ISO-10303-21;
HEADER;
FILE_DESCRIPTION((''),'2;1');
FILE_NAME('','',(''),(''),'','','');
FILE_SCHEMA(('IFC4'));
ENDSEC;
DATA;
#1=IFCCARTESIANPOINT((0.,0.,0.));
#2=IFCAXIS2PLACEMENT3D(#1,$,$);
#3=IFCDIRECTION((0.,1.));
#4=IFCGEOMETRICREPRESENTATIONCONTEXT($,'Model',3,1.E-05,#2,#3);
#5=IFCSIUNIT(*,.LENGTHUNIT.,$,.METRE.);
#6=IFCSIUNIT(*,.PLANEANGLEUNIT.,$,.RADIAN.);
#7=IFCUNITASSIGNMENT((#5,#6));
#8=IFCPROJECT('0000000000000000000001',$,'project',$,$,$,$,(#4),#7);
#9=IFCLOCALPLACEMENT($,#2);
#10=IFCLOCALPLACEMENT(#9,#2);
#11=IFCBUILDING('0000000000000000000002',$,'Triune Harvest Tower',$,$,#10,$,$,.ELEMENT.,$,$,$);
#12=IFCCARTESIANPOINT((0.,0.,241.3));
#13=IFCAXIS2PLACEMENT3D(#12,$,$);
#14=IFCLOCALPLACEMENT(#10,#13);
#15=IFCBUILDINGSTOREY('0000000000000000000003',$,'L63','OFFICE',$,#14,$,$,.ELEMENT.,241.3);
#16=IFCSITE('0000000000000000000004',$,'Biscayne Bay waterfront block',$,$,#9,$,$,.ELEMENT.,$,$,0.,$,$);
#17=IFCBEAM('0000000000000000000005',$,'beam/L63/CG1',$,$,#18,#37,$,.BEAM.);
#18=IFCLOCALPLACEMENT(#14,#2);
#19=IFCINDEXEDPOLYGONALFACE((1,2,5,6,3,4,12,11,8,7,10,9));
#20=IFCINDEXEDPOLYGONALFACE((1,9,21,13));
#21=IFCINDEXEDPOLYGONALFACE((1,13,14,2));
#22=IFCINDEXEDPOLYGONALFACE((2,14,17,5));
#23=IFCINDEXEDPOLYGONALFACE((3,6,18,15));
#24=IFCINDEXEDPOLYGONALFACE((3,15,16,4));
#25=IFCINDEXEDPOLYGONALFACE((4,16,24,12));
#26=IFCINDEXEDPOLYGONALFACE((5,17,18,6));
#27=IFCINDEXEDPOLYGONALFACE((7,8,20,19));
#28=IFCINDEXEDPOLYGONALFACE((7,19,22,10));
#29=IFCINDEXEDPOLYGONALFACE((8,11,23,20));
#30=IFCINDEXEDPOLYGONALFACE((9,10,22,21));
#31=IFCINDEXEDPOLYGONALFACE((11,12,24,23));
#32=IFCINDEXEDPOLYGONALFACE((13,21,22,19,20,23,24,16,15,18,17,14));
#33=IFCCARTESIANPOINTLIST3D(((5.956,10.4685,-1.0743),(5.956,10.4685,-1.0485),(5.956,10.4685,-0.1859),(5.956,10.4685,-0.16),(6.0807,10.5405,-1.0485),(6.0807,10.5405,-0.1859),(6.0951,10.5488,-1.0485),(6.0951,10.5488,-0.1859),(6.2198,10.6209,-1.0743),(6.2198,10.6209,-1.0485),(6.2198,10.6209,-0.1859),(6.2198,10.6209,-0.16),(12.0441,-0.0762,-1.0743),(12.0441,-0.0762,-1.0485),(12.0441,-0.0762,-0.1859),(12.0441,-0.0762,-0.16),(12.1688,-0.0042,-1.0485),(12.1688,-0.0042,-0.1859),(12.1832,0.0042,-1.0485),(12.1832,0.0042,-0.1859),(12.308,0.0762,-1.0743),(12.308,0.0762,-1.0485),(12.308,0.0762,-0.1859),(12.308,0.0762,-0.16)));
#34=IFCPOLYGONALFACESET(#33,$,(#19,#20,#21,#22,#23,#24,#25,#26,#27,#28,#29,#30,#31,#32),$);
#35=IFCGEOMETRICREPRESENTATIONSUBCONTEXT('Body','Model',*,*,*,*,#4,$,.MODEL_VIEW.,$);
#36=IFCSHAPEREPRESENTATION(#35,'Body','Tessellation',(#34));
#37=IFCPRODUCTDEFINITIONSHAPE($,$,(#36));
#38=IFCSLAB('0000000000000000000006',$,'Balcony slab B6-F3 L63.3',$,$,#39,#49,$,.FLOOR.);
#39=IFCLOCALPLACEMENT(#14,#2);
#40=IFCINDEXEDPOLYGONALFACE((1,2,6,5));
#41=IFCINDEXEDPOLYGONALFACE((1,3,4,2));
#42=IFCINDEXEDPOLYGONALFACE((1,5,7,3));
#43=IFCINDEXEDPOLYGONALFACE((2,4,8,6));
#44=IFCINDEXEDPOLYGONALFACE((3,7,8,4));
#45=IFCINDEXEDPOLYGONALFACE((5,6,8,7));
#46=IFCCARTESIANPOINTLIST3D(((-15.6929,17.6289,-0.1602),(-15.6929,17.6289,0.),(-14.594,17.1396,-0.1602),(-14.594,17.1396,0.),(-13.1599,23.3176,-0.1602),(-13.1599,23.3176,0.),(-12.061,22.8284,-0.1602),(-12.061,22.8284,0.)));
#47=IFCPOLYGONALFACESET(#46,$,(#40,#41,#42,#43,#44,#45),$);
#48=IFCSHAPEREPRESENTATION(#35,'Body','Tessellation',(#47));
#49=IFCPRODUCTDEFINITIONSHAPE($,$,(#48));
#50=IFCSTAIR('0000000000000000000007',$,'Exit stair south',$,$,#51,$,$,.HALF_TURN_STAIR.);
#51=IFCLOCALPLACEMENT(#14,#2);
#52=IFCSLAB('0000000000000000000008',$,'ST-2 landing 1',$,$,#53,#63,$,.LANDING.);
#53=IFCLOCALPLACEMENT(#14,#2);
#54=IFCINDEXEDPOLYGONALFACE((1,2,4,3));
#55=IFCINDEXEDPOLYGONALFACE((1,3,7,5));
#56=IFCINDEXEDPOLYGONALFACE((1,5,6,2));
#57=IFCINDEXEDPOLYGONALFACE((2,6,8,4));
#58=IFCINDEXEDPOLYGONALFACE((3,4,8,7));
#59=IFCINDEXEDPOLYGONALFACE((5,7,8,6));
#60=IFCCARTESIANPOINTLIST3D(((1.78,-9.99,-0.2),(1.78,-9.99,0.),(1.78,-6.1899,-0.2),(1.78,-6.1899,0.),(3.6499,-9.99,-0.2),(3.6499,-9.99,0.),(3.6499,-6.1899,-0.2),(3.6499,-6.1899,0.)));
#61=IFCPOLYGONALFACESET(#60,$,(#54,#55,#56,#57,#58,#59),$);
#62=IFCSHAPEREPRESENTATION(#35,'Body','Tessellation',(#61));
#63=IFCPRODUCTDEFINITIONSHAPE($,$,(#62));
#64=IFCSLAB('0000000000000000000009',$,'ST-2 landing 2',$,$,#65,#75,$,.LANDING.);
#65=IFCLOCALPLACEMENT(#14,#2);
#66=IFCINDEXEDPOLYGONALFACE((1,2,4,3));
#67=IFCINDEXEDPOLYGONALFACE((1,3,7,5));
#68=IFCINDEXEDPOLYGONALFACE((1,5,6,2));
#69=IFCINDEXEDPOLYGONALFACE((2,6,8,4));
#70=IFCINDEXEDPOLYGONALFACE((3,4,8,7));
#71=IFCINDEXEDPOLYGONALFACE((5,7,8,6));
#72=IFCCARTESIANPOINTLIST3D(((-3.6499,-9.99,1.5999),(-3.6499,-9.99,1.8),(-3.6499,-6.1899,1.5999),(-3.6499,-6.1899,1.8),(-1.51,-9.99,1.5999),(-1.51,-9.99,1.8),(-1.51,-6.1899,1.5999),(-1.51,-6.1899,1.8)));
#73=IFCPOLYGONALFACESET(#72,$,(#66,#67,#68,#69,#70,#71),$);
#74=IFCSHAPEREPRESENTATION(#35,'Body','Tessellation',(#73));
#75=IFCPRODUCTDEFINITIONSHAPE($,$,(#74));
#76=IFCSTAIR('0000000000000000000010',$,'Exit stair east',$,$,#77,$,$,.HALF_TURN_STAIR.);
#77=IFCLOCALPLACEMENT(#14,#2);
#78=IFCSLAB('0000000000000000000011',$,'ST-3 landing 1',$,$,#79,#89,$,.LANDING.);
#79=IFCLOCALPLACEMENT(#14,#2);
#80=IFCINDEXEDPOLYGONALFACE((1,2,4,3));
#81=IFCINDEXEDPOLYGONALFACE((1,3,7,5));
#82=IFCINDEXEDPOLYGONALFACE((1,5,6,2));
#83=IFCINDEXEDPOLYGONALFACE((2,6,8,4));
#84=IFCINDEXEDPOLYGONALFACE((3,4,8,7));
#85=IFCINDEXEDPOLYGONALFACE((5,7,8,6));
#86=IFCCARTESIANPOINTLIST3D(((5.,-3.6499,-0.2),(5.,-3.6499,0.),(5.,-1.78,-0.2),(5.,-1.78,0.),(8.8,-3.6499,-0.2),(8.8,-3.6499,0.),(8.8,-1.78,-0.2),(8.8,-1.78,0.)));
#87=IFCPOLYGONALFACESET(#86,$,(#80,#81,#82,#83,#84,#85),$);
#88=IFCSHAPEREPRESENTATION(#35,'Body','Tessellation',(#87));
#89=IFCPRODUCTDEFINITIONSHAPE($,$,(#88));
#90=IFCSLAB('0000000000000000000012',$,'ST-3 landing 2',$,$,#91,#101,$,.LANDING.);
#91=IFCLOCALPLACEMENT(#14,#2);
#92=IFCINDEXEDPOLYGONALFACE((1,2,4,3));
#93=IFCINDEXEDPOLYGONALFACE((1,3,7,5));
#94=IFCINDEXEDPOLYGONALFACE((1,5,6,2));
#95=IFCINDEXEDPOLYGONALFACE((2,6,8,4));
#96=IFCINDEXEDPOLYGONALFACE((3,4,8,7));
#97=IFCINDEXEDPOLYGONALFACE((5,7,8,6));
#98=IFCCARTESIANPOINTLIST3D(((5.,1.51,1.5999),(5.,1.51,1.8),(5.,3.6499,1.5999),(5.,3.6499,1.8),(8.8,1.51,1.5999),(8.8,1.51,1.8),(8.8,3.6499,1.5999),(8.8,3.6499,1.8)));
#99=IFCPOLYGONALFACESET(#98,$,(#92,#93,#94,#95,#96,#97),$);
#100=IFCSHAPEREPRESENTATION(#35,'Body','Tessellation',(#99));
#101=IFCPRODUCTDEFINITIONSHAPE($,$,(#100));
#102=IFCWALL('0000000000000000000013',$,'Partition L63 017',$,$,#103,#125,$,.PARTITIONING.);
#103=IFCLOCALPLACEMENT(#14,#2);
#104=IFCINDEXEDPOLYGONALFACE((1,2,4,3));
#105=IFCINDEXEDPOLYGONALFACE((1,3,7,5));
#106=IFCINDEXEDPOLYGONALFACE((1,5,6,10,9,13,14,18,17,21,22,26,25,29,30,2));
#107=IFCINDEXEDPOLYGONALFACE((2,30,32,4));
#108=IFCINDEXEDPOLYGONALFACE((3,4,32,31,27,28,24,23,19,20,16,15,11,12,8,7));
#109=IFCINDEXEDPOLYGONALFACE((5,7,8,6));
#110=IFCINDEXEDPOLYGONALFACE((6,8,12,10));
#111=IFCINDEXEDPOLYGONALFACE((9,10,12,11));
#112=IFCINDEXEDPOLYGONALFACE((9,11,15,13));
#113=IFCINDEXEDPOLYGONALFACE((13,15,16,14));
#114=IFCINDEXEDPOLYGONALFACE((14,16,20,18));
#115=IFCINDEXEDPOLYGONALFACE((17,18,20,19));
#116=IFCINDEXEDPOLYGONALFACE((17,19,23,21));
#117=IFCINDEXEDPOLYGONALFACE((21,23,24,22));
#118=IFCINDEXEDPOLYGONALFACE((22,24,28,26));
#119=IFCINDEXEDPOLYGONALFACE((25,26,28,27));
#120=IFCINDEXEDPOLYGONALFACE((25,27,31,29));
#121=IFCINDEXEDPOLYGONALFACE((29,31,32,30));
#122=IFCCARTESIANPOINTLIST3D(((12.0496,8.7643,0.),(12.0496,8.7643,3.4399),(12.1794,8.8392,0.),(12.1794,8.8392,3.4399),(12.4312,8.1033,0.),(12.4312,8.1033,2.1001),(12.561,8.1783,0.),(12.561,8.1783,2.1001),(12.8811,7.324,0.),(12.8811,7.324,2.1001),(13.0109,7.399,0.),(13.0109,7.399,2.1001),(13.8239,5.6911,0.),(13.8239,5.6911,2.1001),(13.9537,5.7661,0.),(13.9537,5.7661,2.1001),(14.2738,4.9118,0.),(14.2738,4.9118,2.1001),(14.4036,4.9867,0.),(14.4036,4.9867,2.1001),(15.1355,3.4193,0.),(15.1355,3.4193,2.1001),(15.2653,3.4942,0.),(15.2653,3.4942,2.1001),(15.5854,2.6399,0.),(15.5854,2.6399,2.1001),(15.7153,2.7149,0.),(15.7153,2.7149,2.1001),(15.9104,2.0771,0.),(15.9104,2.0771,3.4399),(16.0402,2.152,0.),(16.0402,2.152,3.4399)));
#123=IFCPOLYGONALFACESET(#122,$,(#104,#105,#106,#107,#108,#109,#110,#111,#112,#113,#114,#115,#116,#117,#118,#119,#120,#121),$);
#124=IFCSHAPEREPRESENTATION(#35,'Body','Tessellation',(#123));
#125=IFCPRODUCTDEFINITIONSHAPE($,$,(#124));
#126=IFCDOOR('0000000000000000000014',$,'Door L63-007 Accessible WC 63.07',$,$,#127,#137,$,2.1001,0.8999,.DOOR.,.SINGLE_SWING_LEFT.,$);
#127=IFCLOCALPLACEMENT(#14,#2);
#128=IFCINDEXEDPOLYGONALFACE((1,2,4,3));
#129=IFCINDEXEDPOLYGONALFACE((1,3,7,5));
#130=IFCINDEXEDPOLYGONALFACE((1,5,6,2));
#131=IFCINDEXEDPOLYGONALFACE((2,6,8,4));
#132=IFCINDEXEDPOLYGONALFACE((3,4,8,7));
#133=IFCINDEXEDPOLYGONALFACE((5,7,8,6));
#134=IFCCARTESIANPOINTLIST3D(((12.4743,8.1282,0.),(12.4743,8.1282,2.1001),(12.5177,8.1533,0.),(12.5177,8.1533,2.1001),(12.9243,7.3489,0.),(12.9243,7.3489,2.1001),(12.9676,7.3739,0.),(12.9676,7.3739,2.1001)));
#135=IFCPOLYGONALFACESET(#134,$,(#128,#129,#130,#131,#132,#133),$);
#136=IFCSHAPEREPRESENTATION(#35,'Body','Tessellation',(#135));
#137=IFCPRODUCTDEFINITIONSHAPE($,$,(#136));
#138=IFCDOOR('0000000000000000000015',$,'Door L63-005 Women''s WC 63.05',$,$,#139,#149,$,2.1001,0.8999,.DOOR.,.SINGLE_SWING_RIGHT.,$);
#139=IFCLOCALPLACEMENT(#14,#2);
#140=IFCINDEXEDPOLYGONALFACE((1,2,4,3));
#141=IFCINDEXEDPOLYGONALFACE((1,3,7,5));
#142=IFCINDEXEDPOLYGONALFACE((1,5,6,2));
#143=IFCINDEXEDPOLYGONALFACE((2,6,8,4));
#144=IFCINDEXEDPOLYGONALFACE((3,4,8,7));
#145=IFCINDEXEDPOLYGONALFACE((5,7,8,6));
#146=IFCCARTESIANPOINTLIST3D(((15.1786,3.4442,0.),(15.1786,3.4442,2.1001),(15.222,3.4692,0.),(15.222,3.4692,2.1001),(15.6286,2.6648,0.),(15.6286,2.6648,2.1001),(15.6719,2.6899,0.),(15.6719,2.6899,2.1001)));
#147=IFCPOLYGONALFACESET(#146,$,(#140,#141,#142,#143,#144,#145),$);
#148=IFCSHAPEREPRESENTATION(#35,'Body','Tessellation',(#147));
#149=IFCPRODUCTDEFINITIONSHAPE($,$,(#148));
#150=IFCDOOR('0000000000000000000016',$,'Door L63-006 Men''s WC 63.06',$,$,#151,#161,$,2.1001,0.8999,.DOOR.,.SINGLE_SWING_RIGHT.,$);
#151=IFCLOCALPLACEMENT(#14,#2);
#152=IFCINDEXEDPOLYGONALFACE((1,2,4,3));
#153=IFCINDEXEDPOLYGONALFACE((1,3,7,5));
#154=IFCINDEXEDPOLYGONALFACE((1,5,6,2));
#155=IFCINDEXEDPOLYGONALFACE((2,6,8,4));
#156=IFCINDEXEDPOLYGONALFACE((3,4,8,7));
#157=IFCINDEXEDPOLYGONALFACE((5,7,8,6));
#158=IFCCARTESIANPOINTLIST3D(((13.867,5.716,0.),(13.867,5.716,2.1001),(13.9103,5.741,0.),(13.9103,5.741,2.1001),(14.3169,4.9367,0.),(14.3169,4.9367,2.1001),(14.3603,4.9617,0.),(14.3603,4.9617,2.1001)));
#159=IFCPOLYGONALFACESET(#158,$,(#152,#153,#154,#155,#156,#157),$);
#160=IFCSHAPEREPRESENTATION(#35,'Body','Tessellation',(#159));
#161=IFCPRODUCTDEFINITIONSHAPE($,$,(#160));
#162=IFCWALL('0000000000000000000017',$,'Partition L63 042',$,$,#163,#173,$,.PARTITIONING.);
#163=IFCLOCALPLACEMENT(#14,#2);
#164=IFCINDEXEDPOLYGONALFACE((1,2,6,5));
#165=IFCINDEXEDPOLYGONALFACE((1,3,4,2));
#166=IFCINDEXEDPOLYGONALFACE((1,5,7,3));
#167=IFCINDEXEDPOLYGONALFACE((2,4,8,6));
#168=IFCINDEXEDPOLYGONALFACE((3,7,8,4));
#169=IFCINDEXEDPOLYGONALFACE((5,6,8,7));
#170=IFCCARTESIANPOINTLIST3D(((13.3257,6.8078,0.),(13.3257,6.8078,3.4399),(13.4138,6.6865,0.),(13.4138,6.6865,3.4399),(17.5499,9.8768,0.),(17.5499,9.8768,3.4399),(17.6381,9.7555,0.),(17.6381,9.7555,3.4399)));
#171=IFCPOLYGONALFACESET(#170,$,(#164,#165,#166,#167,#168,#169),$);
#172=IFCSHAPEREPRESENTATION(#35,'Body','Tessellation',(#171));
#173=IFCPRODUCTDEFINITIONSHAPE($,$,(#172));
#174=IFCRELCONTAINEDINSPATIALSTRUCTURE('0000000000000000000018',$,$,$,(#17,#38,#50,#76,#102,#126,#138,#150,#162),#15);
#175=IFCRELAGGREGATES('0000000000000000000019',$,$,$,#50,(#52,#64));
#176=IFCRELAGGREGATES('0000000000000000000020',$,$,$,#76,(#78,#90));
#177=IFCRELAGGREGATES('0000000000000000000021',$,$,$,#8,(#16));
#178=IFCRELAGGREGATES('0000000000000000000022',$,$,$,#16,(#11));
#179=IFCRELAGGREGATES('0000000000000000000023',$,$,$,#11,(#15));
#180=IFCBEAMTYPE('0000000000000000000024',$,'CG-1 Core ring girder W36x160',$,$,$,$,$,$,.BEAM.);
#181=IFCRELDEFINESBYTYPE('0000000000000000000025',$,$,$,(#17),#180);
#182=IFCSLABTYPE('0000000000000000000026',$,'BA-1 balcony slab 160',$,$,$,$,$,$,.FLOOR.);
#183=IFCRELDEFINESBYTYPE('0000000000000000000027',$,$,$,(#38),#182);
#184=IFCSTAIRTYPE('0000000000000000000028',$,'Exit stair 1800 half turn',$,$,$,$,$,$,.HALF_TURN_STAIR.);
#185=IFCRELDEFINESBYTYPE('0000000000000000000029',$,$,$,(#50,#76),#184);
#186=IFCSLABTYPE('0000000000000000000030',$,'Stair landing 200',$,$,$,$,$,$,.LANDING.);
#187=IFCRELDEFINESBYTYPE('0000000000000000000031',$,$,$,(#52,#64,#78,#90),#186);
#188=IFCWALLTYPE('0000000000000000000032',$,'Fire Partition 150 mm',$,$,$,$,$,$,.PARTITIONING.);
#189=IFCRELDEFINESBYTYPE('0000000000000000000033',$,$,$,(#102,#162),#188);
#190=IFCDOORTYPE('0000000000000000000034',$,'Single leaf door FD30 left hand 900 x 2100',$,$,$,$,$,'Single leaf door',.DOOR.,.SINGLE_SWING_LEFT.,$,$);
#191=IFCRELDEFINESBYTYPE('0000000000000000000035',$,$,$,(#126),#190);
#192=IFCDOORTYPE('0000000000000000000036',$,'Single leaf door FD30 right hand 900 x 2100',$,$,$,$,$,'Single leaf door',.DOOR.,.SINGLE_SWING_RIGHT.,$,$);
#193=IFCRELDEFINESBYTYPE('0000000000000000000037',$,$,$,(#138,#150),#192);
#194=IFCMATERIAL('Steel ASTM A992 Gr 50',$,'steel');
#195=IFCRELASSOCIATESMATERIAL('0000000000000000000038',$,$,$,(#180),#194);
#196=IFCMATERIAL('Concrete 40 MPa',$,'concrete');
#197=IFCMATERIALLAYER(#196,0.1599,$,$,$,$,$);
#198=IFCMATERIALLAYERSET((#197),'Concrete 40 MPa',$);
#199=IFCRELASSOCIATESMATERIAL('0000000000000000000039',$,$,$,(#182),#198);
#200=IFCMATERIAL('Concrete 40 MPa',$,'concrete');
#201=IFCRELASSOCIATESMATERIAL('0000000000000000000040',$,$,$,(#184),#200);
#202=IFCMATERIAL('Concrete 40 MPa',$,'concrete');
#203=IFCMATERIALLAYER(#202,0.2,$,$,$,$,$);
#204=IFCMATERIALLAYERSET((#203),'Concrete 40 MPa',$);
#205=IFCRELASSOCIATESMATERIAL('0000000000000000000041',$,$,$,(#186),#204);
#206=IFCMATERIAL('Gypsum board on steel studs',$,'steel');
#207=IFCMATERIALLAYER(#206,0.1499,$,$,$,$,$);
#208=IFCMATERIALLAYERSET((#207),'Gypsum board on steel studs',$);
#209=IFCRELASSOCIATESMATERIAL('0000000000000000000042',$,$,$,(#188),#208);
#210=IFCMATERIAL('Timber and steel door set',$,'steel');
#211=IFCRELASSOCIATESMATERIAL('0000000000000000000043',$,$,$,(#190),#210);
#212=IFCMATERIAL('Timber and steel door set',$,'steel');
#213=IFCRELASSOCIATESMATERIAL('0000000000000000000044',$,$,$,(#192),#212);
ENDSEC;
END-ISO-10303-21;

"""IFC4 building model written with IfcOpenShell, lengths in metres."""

from ifc_helpers import new_model, si_unit, direction, frame, frame_2d, origin, origin_2d, place, context, subcontext, project, spatial, polyline, rectangle, i_section, outline, extrude, source, transform, mapped, material, layer, layer_set, material_profile, profile_set, type_object, element, fill, aggregate, save


model = new_model("IFC4")

# Units and contexts
model_context = context("Model", 3, precision=1e-05, world=origin(), true_north=direction((0.0, 1.0)))
body_context = subcontext(model_context, "Body", "Model", "MODEL_VIEW")
ifc_project = project(units=[si_unit("LENGTHUNIT", "METRE"), si_unit("PLANEANGLEUNIT", "RADIAN")], contexts=[model_context])

# Site, building, storey
site_placement = place(None, origin())
site = spatial("IfcSite", under=ifc_project, at=site_placement, Name="Biscayne Bay waterfront block", CompositionType="ELEMENT", RefElevation=0.0)
building_placement = place(site_placement, origin())
building = spatial("IfcBuilding", under=site, at=building_placement, Name="Triune Harvest Tower", CompositionType="ELEMENT")
storey_placement = place(building_placement, frame((0.0, 0.0, 241.3)))
storey = spatial("IfcBuildingStorey", under=building, at=storey_placement, Name="L63", Description="OFFICE", CompositionType="ELEMENT", Elevation=241.3)

# Beam
ifc_material_1 = material(Name="Steel ASTM A992 Gr 50", Category="steel")
ifc_material_profile = material_profile(ifc_material_1, i_section(OverallWidth=0.3047, OverallDepth=0.9143, WebThickness=0.0166, FlangeThickness=0.0259, at=origin_2d()), Name="W36x160")
ifc_profile_set = profile_set([ifc_material_profile], Name="Steel ASTM A992 Gr 50")
beam_type = type_object("IfcBeamType", Name="CG-1 Core ring girder W36x160", PredefinedType="BEAM", material=ifc_profile_set)
shared_shape_1 = source(origin(), body_context, "Body", "SweptSolid", [
    extrude(i_section(OverallWidth=0.3047, OverallDepth=0.9143, WebThickness=0.0166, FlangeThickness=0.0259, at=origin_2d()), origin(), (0.0, 0.0, 1.0), 12.176),
])
beam_placement = place(storey_placement, frame((12.176, 0.0, -0.6172), z_axis=(-0.50001, 0.86602, 0.0), x_axis=(-0.86602, -0.50001, 0.0)))
element("IfcBeam", 1, at=beam_placement, inside=storey, type_object=beam_type, Name="beam/L63/CG1", PredefinedType="BEAM", context=body_context, shape_type="MappedRepresentation", body=[
    mapped(shared_shape_1, transform((0.0, 0.0, 0.0), scale=1.0)),
])

# Slab
ifc_material_2 = material(Name="Concrete 40 MPa", Category="concrete")
ifc_layer_1 = layer(ifc_material_2, 0.1599)
ifc_layer_set_1 = layer_set([ifc_layer_1], Name="Concrete 40 MPa")
slab_type_1 = type_object("IfcSlabType", Name="BA-1 balcony slab 160", PredefinedType="FLOOR", material=ifc_layer_set_1)
slab_1_placement = place(storey_placement, frame((0.0, 0.0, -0.1602)))
element("IfcSlab", 2, at=slab_1_placement, inside=storey, type_object=slab_type_1, Name="Balcony slab B6-F3 L63.3", PredefinedType="FLOOR", context=body_context, shape_type="SweptSolid", body=[
    extrude(outline(polyline([(-12.061, 22.8284), (-14.594, 17.1396), (-15.6929, 17.6289), (-13.1599, 23.3176), (-12.061, 22.8284)])), origin(), (0.0, 0.0, 1.0), 0.1602),
])

# Stairs, slabs
ifc_material_3 = material(Name="Concrete 40 MPa", Category="concrete")
stair_type = type_object("IfcStairType", Name="Exit stair 1800 half turn", PredefinedType="HALF_TURN_STAIR", material=ifc_material_3)
stair_1_placement = place(storey_placement, origin())
stair_1 = element("IfcStair", 3, at=stair_1_placement, inside=storey, type_object=stair_type, Name="Exit stair south", PredefinedType="HALF_TURN_STAIR")
ifc_material_4 = material(Name="Concrete 40 MPa", Category="concrete")
ifc_layer_2 = layer(ifc_material_4, 0.2)
ifc_layer_set_2 = layer_set([ifc_layer_2], Name="Concrete 40 MPa")
slab_type_2 = type_object("IfcSlabType", Name="Stair landing 200", PredefinedType="LANDING", material=ifc_layer_set_2)
shared_shape_2 = source(origin(), body_context, "Body", "SweptSolid", [
    extrude(outline(polyline([(3.6499, -6.1899), (1.78, -6.1899), (1.78, -9.99), (3.6499, -9.99), (3.6499, -6.1899)])), origin(), (0.0, 0.0, 1.0), 0.2),
])
slab_2_placement = place(storey_placement, frame((0.0, 0.0, -0.2)))
slab_2 = element("IfcSlab", 4, at=slab_2_placement, type_object=slab_type_2, Name="ST-2 landing 1", PredefinedType="LANDING", context=body_context, shape_type="MappedRepresentation", body=[
    mapped(shared_shape_2, transform((0.0, 0.0, 0.0), scale=1.0)),
])
shared_shape_3 = source(origin(), body_context, "Body", "SweptSolid", [
    extrude(outline(polyline([(-1.51, -6.1899), (-3.6499, -6.1899), (-3.6499, -9.99), (-1.51, -9.99), (-1.51, -6.1899)])), origin(), (0.0, 0.0, 1.0), 0.2002),
])
slab_3_placement = place(storey_placement, frame((0.0, 0.0, 1.5999)))
slab_3 = element("IfcSlab", 5, at=slab_3_placement, type_object=slab_type_2, Name="ST-2 landing 2", PredefinedType="LANDING", context=body_context, shape_type="MappedRepresentation", body=[
    mapped(shared_shape_3, transform((0.0, 0.0, 0.0), scale=1.0)),
])
aggregate(stair_1, [slab_2, slab_3])
stair_2_placement = place(storey_placement, origin())
stair_2 = element("IfcStair", 6, at=stair_2_placement, inside=storey, type_object=stair_type, Name="Exit stair east", PredefinedType="HALF_TURN_STAIR")
shared_shape_4 = source(origin(), body_context, "Body", "SweptSolid", [
    extrude(outline(polyline([(8.8, -3.6499), (8.8, -1.78), (5.0, -1.78), (5.0, -3.6499), (8.8, -3.6499)])), origin(), (0.0, 0.0, 1.0), 0.2),
])
slab_4_placement = place(storey_placement, frame((0.0, 0.0, -0.2)))
slab_4 = element("IfcSlab", 7, at=slab_4_placement, type_object=slab_type_2, Name="ST-3 landing 1", PredefinedType="LANDING", context=body_context, shape_type="MappedRepresentation", body=[
    mapped(shared_shape_4, transform((0.0, 0.0, 0.0), scale=1.0)),
])
shared_shape_5 = source(origin(), body_context, "Body", "SweptSolid", [
    extrude(outline(polyline([(8.8, 1.51), (8.8, 3.6499), (5.0, 3.6499), (5.0, 1.51), (8.8, 1.51)])), origin(), (0.0, 0.0, 1.0), 0.2002),
])
slab_5_placement = place(storey_placement, frame((0.0, 0.0, 1.5999)))
slab_5 = element("IfcSlab", 8, at=slab_5_placement, type_object=slab_type_2, Name="ST-3 landing 2", PredefinedType="LANDING", context=body_context, shape_type="MappedRepresentation", body=[
    mapped(shared_shape_5, transform((0.0, 0.0, 0.0), scale=1.0)),
])

# Wall, openings, doors
ifc_material_5 = material(Name="Gypsum board on steel studs", Category="steel")
ifc_layer_3 = layer(ifc_material_5, 0.1499)
ifc_layer_set_3 = layer_set([ifc_layer_3], Name="Gypsum board on steel studs")
wall_type_1 = type_object("IfcWallType", Name="Fire Partition 150 mm", PredefinedType="PARTITIONING", material=ifc_layer_set_3)
wall_1_placement = place(storey_placement, frame((12.1145, 8.8018, 0.0), z_axis=(0.0, 0.0, 1.0), x_axis=(0.499995, -0.866028, 0.0)))
wall_1 = element("IfcWall", 9, at=wall_1_placement, inside=storey, type_object=wall_type_1, Name="Partition L63 017", PredefinedType="PARTITIONING", context=body_context, shape_type="SweptSolid", body=[
    extrude(rectangle(XDim=7.7217, YDim=0.1499, at=frame_2d((3.8608, 0.0))), origin(), (0.0, 0.0, 1.0), 3.4399),
])
opening_1_placement = place(wall_1_placement, frame((6.1719, 0.0, 0.0)))
opening_1 = element("IfcOpeningElement", 10, at=opening_1_placement, cuts=wall_1, PredefinedType="OPENING", context=body_context, shape_type="SweptSolid", body=[
    extrude(rectangle(XDim=0.8999, YDim=2.1001, at=frame_2d((0.45, 1.05))), frame((0.0, 0.085, 0.0), z_axis=(0.0, -1.0, 0.0), x_axis=(1.0, 0.0, 0.0)), (0.0, 0.0, 1.0), 0.1699),
])
opening_2_placement = place(wall_1_placement, frame((3.5486, 0.0, 0.0)))
opening_2 = element("IfcOpeningElement", 11, at=opening_2_placement, cuts=wall_1, PredefinedType="OPENING", context=body_context, shape_type="SweptSolid", body=[
    extrude(rectangle(XDim=0.8999, YDim=2.1001, at=frame_2d((0.45, 1.05))), frame((0.0, 0.085, 0.0), z_axis=(0.0, -1.0, 0.0), x_axis=(1.0, 0.0, 0.0)), (0.0, 0.0, 1.0), 0.1699),
])
opening_3_placement = place(wall_1_placement, frame((0.7632, 0.0, 0.0)))
opening_3 = element("IfcOpeningElement", 12, at=opening_3_placement, cuts=wall_1, PredefinedType="OPENING", context=body_context, shape_type="SweptSolid", body=[
    extrude(rectangle(XDim=0.8999, YDim=2.1001, at=frame_2d((0.45, 1.05))), frame((0.0, 0.085, 0.0), z_axis=(0.0, -1.0, 0.0), x_axis=(1.0, 0.0, 0.0)), (0.0, 0.0, 1.0), 0.1699),
])
ifc_material_6 = material(Name="Timber and steel door set", Category="steel")
door_type_1 = type_object("IfcDoorType", Name="Single leaf door FD30 left hand 900 x 2100", ElementType="Single leaf door", OperationType="SINGLE_SWING_LEFT", PredefinedType="DOOR", material=ifc_material_6)
door_1_placement = place(opening_3_placement, origin())
door_1 = element("IfcDoor", 13, at=door_1_placement, inside=storey, type_object=door_type_1, Name="Door L63-007 Accessible WC 63.07", OperationType="SINGLE_SWING_LEFT", OverallHeight=2.1001, OverallWidth=0.8999, PredefinedType="DOOR", context=body_context, shape_type="SweptSolid", body=[
    extrude(rectangle(XDim=0.8999, YDim=2.1001, at=frame_2d((0.45, 1.05))), frame((0.0, 0.0249, 0.0), z_axis=(0.0, -1.0, 0.0), x_axis=(1.0, 0.0, 0.0)), (0.0, 0.0, 1.0), 0.05),
])
fill(opening_3, door_1)
ifc_material_7 = material(Name="Timber and steel door set", Category="steel")
door_type_2 = type_object("IfcDoorType", Name="Single leaf door FD30 right hand 900 x 2100", ElementType="Single leaf door", OperationType="SINGLE_SWING_RIGHT", PredefinedType="DOOR", material=ifc_material_7)
door_2_placement = place(opening_1_placement, origin())
door_2 = element("IfcDoor", 14, at=door_2_placement, inside=storey, type_object=door_type_2, Name="Door L63-005 Women's WC 63.05", OperationType="SINGLE_SWING_RIGHT", OverallHeight=2.1001, OverallWidth=0.8999, PredefinedType="DOOR", context=body_context, shape_type="SweptSolid", body=[
    extrude(rectangle(XDim=0.8999, YDim=2.1001, at=frame_2d((0.45, 1.05))), frame((0.0, 0.0249, 0.0), z_axis=(0.0, -1.0, 0.0), x_axis=(1.0, 0.0, 0.0)), (0.0, 0.0, 1.0), 0.05),
])
fill(opening_1, door_2)
door_3_placement = place(opening_2_placement, origin())
door_3 = element("IfcDoor", 15, at=door_3_placement, inside=storey, type_object=door_type_2, Name="Door L63-006 Men's WC 63.06", OperationType="SINGLE_SWING_RIGHT", OverallHeight=2.1001, OverallWidth=0.8999, PredefinedType="DOOR", context=body_context, shape_type="SweptSolid", body=[
    extrude(rectangle(XDim=0.8999, YDim=2.1001, at=frame_2d((0.45, 1.05))), frame((0.0, 0.0249, 0.0), z_axis=(0.0, -1.0, 0.0), x_axis=(1.0, 0.0, 0.0)), (0.0, 0.0, 1.0), 0.05),
])
fill(opening_2, door_3)

# Wall
wall_2_placement = place(storey_placement, frame((13.3696, 6.7471, 0.0), z_axis=(0.0, 0.0, 1.0), x_axis=(0.809025, 0.587774, 0.0)))
element("IfcWall", 16, at=wall_2_placement, inside=storey, type_object=wall_type_1, Name="Partition L63 042", PredefinedType="PARTITIONING", context=body_context, shape_type="SweptSolid", body=[
    extrude(rectangle(XDim=5.2214, YDim=0.1499, at=frame_2d((2.6108, 0.0))), origin(), (0.0, 0.0, 1.0), 3.4399),
])

aggregate(stair_2, [slab_4, slab_5])

save(model, "model.ifc")
